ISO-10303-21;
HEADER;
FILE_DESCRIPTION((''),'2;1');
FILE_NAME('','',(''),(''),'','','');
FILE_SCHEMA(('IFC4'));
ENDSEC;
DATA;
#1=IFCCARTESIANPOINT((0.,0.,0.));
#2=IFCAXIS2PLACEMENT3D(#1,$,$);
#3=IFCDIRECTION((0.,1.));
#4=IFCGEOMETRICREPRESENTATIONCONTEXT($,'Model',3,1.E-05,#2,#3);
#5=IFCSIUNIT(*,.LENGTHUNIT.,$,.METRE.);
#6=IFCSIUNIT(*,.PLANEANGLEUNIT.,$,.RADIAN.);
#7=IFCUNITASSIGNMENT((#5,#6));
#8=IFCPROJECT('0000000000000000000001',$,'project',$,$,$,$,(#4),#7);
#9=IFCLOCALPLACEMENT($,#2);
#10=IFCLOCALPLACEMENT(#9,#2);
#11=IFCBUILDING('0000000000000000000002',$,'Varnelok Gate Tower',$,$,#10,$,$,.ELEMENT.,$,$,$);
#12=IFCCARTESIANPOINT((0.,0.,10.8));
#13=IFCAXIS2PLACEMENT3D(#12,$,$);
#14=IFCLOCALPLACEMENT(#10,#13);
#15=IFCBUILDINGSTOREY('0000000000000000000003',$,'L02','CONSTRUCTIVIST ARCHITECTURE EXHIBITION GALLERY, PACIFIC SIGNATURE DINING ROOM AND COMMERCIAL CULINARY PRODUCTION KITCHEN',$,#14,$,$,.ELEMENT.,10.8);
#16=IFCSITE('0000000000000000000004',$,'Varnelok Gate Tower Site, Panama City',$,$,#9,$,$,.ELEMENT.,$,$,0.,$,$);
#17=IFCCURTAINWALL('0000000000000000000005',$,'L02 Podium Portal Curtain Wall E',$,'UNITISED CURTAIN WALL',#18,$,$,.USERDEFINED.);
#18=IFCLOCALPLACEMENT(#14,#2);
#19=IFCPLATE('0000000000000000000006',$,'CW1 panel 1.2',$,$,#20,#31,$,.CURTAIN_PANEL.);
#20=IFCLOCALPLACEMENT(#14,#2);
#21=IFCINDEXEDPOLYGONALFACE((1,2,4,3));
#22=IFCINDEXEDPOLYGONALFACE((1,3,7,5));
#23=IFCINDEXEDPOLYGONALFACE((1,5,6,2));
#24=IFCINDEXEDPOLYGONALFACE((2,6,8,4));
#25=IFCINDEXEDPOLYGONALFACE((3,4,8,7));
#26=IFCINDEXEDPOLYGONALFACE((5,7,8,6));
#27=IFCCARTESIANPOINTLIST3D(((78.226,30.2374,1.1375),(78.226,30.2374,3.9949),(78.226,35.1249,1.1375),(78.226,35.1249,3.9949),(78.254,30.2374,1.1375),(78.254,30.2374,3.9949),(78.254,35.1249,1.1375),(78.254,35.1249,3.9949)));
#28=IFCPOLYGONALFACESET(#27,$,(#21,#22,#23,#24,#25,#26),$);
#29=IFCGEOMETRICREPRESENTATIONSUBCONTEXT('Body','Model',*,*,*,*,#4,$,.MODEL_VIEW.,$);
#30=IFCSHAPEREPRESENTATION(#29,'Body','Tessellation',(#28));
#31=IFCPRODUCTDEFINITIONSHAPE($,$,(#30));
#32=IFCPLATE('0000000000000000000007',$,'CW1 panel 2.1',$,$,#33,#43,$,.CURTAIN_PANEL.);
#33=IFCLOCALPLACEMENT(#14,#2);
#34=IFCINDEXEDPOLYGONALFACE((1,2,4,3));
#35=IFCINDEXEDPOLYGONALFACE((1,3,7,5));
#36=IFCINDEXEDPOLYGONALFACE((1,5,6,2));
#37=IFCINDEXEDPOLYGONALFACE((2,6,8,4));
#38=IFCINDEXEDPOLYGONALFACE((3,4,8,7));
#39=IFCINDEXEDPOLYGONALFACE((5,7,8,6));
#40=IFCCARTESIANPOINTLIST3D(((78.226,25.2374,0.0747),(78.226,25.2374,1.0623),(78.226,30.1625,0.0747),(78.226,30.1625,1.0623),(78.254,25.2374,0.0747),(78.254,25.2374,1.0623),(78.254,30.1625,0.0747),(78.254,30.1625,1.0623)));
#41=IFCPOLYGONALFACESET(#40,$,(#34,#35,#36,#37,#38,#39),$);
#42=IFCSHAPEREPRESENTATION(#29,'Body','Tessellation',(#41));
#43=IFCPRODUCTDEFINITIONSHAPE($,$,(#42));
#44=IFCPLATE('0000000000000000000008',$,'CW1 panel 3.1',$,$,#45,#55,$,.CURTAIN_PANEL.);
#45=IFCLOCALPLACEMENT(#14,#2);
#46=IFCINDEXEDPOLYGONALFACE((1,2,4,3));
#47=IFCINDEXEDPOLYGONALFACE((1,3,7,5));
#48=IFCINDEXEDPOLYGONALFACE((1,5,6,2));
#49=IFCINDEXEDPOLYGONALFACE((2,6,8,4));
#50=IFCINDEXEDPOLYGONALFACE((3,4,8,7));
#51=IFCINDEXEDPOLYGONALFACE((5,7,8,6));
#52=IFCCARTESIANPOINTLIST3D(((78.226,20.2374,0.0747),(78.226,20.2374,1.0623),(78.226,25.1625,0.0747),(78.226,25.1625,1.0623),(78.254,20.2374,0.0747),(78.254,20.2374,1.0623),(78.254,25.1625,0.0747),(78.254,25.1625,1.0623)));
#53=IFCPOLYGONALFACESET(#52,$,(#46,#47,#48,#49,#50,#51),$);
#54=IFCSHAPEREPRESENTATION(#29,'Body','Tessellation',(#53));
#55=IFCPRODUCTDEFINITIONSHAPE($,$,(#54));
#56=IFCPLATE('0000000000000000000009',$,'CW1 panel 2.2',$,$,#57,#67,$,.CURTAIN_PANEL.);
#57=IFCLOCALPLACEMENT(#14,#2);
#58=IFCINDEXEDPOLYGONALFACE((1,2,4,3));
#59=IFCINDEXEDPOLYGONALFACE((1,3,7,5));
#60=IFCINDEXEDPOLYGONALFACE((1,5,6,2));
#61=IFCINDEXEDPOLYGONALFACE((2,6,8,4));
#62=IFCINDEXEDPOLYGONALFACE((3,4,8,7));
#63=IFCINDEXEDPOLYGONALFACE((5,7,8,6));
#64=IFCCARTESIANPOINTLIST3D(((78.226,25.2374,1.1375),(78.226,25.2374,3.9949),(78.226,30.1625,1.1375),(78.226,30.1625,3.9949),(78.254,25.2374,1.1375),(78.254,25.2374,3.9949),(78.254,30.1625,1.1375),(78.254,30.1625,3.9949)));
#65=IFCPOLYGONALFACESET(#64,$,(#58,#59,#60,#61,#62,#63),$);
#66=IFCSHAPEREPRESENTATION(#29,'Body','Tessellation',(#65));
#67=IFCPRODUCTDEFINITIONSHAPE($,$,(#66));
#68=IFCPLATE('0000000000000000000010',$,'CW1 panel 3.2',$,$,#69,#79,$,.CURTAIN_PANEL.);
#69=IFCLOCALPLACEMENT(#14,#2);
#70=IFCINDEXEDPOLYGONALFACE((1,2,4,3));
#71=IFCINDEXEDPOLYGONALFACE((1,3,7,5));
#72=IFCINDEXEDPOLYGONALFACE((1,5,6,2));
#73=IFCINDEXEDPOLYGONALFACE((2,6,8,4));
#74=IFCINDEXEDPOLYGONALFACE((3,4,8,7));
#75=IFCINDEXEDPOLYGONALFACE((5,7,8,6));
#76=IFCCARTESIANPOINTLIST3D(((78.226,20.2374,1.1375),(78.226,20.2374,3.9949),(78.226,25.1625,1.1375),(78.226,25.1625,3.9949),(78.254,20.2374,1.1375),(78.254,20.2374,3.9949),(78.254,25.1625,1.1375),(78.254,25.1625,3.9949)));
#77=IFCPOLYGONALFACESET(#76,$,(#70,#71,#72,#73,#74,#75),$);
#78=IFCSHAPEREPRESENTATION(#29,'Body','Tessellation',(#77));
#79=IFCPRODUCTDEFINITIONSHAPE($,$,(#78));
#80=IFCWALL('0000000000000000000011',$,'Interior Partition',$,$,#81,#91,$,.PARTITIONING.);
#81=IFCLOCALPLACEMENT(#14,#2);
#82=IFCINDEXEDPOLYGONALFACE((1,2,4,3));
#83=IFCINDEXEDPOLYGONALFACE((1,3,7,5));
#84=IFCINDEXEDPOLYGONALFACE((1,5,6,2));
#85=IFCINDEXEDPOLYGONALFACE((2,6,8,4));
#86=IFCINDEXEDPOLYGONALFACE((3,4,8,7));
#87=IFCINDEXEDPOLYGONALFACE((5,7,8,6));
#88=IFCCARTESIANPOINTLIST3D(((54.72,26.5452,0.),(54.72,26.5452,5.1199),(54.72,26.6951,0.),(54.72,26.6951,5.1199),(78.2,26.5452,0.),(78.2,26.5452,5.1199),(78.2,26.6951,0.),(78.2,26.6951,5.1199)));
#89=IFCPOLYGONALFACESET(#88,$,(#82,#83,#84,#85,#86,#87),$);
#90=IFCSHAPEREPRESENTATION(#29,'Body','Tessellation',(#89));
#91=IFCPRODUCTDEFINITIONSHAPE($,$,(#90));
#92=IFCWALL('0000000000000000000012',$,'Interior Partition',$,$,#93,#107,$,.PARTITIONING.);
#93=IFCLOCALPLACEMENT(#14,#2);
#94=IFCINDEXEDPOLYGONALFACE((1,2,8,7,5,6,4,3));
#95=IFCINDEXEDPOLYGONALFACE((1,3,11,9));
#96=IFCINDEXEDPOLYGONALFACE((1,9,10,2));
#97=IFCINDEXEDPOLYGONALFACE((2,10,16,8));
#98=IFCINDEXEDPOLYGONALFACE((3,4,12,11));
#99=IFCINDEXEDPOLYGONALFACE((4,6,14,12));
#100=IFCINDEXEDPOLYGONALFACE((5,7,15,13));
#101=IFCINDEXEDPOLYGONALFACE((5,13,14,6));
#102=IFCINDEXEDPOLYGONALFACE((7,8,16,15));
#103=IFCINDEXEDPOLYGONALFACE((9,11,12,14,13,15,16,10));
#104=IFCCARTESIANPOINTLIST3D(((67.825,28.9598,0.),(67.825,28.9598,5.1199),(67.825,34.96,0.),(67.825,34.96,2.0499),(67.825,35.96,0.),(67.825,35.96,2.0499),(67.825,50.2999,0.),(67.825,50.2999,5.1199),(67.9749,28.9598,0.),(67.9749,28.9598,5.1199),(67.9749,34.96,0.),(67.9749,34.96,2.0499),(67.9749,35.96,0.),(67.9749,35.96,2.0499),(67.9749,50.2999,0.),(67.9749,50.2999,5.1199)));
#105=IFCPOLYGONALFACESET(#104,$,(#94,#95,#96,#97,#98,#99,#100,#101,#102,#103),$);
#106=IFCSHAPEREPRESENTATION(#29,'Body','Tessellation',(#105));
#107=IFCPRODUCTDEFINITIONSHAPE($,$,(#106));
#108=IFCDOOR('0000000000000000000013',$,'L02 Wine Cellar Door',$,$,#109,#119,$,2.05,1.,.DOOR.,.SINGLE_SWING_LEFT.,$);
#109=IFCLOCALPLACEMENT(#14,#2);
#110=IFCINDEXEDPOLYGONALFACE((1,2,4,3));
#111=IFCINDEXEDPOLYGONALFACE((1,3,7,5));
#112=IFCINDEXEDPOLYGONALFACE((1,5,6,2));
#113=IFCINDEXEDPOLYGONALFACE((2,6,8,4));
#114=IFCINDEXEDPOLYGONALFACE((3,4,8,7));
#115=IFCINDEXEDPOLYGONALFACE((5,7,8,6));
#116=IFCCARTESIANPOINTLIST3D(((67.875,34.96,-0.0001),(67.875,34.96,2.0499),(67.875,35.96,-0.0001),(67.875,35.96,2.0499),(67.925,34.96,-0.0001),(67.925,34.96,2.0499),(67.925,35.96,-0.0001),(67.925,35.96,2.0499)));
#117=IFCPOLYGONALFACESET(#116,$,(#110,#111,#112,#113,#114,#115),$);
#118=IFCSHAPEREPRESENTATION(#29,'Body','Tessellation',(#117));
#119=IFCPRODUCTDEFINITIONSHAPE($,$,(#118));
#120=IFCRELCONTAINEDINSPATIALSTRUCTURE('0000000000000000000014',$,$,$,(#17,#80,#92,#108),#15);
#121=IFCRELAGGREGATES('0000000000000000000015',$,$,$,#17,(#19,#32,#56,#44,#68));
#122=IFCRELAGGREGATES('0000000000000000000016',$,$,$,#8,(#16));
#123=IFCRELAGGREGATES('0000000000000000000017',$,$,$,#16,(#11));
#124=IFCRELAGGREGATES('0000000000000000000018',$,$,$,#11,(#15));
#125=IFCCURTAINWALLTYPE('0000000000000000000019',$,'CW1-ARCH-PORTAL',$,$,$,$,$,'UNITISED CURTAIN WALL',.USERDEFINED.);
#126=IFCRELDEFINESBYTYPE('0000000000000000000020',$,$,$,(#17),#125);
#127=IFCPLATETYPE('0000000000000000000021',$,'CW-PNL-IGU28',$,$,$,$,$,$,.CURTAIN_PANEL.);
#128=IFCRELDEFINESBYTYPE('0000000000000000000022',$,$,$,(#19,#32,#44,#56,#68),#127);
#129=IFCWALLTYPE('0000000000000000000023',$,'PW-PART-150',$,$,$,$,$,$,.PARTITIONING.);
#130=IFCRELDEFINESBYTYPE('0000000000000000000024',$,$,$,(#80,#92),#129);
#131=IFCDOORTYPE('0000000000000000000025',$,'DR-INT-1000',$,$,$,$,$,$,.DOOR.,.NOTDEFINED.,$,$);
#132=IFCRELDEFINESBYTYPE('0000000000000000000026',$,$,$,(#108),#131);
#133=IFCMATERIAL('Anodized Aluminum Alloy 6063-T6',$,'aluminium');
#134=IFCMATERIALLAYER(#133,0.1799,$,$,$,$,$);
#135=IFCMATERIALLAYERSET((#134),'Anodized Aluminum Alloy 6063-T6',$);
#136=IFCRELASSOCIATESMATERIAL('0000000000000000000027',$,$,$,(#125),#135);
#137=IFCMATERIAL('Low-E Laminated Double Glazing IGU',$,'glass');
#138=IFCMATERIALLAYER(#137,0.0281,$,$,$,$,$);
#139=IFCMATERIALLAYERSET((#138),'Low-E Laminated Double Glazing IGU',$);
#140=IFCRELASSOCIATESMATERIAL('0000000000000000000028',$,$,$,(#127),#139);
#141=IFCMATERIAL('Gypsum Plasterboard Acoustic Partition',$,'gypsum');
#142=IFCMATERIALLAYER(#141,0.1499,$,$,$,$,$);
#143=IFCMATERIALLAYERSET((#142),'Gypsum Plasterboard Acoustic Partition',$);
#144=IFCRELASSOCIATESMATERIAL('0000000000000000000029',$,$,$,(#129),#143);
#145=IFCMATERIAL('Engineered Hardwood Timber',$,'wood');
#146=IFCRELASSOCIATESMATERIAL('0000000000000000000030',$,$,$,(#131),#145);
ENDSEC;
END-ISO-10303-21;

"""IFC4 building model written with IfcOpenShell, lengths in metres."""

from ifc_helpers import new_model, si_unit, direction, frame, frame_2d, origin, origin_2d, place, context, subcontext, project, spatial, rectangle, extrude, source, transform, mapped, material, layer, layer_set, type_object, element, fill, aggregate, save


model = new_model("IFC4")

# Units and contexts
model_context = context("Model", 3, precision=1e-05, world=origin(), true_north=direction((0.0, 1.0)))
body_context = subcontext(model_context, "Body", "Model", "MODEL_VIEW")
ifc_project = project(units=[si_unit("LENGTHUNIT", "METRE"), si_unit("PLANEANGLEUNIT", "RADIAN")], contexts=[model_context])

# Site, building, storey
site_placement = place(None, origin())
site = spatial("IfcSite", under=ifc_project, at=site_placement, Name="Varnelok Gate Tower Site, Panama City", CompositionType="ELEMENT", RefElevation=0.0)
building_placement = place(site_placement, origin())
building = spatial("IfcBuilding", under=site, at=building_placement, Name="Varnelok Gate Tower", CompositionType="ELEMENT")
storey_placement = place(building_placement, frame((0.0, 0.0, 10.8)))
storey = spatial("IfcBuildingStorey", under=building, at=storey_placement, Name="L02", Description="CONSTRUCTIVIST ARCHITECTURE EXHIBITION GALLERY, PACIFIC SIGNATURE DINING ROOM AND COMMERCIAL CULINARY PRODUCTION KITCHEN", CompositionType="ELEMENT", Elevation=10.8)

# Curtain wall, plates
ifc_material_1 = material(Name="Anodized Aluminum Alloy 6063-T6", Category="aluminium")
ifc_layer_1 = layer(ifc_material_1, 0.1799)
ifc_layer_set_1 = layer_set([ifc_layer_1], Name="Anodized Aluminum Alloy 6063-T6")
curtain_wall_type = type_object("IfcCurtainWallType", Name="CW1-ARCH-PORTAL", ElementType="UNITISED CURTAIN WALL", PredefinedType="USERDEFINED", material=ifc_layer_set_1)
curtain_wall_placement = place(storey_placement, origin())
curtain_wall = element("IfcCurtainWall", 1, at=curtain_wall_placement, inside=storey, type_object=curtain_wall_type, Name="L02 Podium Portal Curtain Wall E", ObjectType="UNITISED CURTAIN WALL", PredefinedType="USERDEFINED")
ifc_material_2 = material(Name="Low-E Laminated Double Glazing IGU", Category="glass")
ifc_layer_2 = layer(ifc_material_2, 0.0281)
ifc_layer_set_2 = layer_set([ifc_layer_2], Name="Low-E Laminated Double Glazing IGU")
plate_type = type_object("IfcPlateType", Name="CW-PNL-IGU28", PredefinedType="CURTAIN_PANEL", material=ifc_layer_set_2)
shared_shape_1 = source(origin(), body_context, "Body", "SweptSolid", [
    extrude(rectangle(XDim=4.8875, YDim=0.0281, at=origin_2d()), origin(), (0.0, 0.0, 1.0), 2.8574),
])
plate_1_placement = place(storey_placement, frame((78.24, 32.6812, 1.1375), z_axis=(0.0, 0.0, 1.0), x_axis=(0.0, -1.0, 0.0)))
plate_1 = element("IfcPlate", 2, at=plate_1_placement, type_object=plate_type, Name="CW1 panel 1.2", PredefinedType="CURTAIN_PANEL", context=body_context, shape_type="MappedRepresentation", body=[
    mapped(shared_shape_1, transform((0.0, 0.0, 0.0), scale=1.0)),
])
shared_shape_2 = source(origin(), body_context, "Body", "SweptSolid", [
    extrude(rectangle(XDim=4.925, YDim=0.0281, at=origin_2d()), origin(), (0.0, 0.0, 1.0), 0.9875),
])
plate_2_placement = place(storey_placement, frame((78.24, 27.7, 0.0747), z_axis=(0.0, 0.0, 1.0), x_axis=(0.0, -1.0, 0.0)))
plate_2 = element("IfcPlate", 3, at=plate_2_placement, type_object=plate_type, Name="CW1 panel 2.1", PredefinedType="CURTAIN_PANEL", context=body_context, shape_type="MappedRepresentation", body=[
    mapped(shared_shape_2, transform((0.0, 0.0, 0.0), scale=1.0)),
])
plate_3_placement = place(storey_placement, frame((78.24, 22.7, 0.0747), z_axis=(0.0, 0.0, 1.0), x_axis=(0.0, -1.0, 0.0)))
plate_3 = element("IfcPlate", 4, at=plate_3_placement, type_object=plate_type, Name="CW1 panel 3.1", PredefinedType="CURTAIN_PANEL", context=body_context, shape_type="MappedRepresentation", body=[
    mapped(shared_shape_2, transform((0.0, 0.0, 0.0), scale=1.0)),
])
shared_shape_3 = source(origin(), body_context, "Body", "SweptSolid", [
    extrude(rectangle(XDim=4.925, YDim=0.0281, at=origin_2d()), origin(), (0.0, 0.0, 1.0), 2.8574),
])
plate_4_placement = place(storey_placement, frame((78.24, 27.7, 1.1375), z_axis=(0.0, 0.0, 1.0), x_axis=(0.0, -1.0, 0.0)))
plate_4 = element("IfcPlate", 5, at=plate_4_placement, type_object=plate_type, Name="CW1 panel 2.2", PredefinedType="CURTAIN_PANEL", context=body_context, shape_type="MappedRepresentation", body=[
    mapped(shared_shape_3, transform((0.0, 0.0, 0.0), scale=1.0)),
])
plate_5_placement = place(storey_placement, frame((78.24, 22.7, 1.1375), z_axis=(0.0, 0.0, 1.0), x_axis=(0.0, -1.0, 0.0)))
plate_5 = element("IfcPlate", 6, at=plate_5_placement, type_object=plate_type, Name="CW1 panel 3.2", PredefinedType="CURTAIN_PANEL", context=body_context, shape_type="MappedRepresentation", body=[
    mapped(shared_shape_3, transform((0.0, 0.0, 0.0), scale=1.0)),
])
aggregate(curtain_wall, [plate_1, plate_2, plate_4, plate_3, plate_5])

# Wall
ifc_material_3 = material(Name="Gypsum Plasterboard Acoustic Partition", Category="gypsum")
ifc_layer_3 = layer(ifc_material_3, 0.1499)
ifc_layer_set_3 = layer_set([ifc_layer_3], Name="Gypsum Plasterboard Acoustic Partition")
wall_type = type_object("IfcWallType", Name="PW-PART-150", PredefinedType="PARTITIONING", material=ifc_layer_set_3)
wall_1_placement = place(storey_placement, frame((54.72, 26.6201, 0.0), z_axis=(0.0, 0.0, 1.0), x_axis=(1.0, 0.0, 0.0)))
element("IfcWall", 7, at=wall_1_placement, inside=storey, type_object=wall_type, Name="Interior Partition", PredefinedType="PARTITIONING", context=body_context, shape_type="SweptSolid", body=[
    extrude(rectangle(XDim=23.48, YDim=0.1499, at=frame_2d((11.74, 0.0))), origin(), (0.0, 0.0, 1.0), 5.1199),
])

# Wall, opening, door
wall_2_placement = place(storey_placement, frame((67.8999, 28.96, 0.0), z_axis=(0.0, 0.0, 1.0), x_axis=(0.0, 1.0, 0.0)))
wall_2 = element("IfcWall", 8, at=wall_2_placement, inside=storey, type_object=wall_type, Name="Interior Partition", PredefinedType="PARTITIONING", context=body_context, shape_type="SweptSolid", body=[
    extrude(rectangle(XDim=21.3401, YDim=0.1499, at=frame_2d((10.6699, 0.0))), origin(), (0.0, 0.0, 1.0), 5.1199),
])
opening_placement = place(wall_2_placement, frame((6.0, 0.0, 0.0)))
opening = element("IfcOpeningElement", 9, at=opening_placement, cuts=wall_2, PredefinedType="OPENING", context=body_context, shape_type="SweptSolid", body=[
    extrude(rectangle(XDim=1.0, YDim=2.05, at=frame_2d((0.5, 1.0249))), frame((0.0, 0.085, 0.0), z_axis=(0.0, -1.0, 0.0), x_axis=(1.0, 0.0, 0.0)), (0.0, 0.0, 1.0), 0.1699),
])
ifc_material_4 = material(Name="Engineered Hardwood Timber", Category="wood")
door_type = type_object("IfcDoorType", Name="DR-INT-1000", OperationType="NOTDEFINED", PredefinedType="DOOR", material=ifc_material_4)
door_placement = place(opening_placement, origin())
door = element("IfcDoor", 10, at=door_placement, inside=storey, type_object=door_type, Name="L02 Wine Cellar Door", OperationType="SINGLE_SWING_LEFT", OverallHeight=2.05, OverallWidth=1.0, PredefinedType="DOOR", context=body_context, shape_type="SweptSolid", body=[
    extrude(rectangle(XDim=1.0, YDim=2.05, at=frame_2d((0.5, 1.0249))), frame((0.0, 0.0249, 0.0), z_axis=(0.0, -1.0, 0.0), x_axis=(1.0, 0.0, 0.0)), (0.0, 0.0, 1.0), 0.05),
])
fill(opening, door)

save(model, "model.ifc")
